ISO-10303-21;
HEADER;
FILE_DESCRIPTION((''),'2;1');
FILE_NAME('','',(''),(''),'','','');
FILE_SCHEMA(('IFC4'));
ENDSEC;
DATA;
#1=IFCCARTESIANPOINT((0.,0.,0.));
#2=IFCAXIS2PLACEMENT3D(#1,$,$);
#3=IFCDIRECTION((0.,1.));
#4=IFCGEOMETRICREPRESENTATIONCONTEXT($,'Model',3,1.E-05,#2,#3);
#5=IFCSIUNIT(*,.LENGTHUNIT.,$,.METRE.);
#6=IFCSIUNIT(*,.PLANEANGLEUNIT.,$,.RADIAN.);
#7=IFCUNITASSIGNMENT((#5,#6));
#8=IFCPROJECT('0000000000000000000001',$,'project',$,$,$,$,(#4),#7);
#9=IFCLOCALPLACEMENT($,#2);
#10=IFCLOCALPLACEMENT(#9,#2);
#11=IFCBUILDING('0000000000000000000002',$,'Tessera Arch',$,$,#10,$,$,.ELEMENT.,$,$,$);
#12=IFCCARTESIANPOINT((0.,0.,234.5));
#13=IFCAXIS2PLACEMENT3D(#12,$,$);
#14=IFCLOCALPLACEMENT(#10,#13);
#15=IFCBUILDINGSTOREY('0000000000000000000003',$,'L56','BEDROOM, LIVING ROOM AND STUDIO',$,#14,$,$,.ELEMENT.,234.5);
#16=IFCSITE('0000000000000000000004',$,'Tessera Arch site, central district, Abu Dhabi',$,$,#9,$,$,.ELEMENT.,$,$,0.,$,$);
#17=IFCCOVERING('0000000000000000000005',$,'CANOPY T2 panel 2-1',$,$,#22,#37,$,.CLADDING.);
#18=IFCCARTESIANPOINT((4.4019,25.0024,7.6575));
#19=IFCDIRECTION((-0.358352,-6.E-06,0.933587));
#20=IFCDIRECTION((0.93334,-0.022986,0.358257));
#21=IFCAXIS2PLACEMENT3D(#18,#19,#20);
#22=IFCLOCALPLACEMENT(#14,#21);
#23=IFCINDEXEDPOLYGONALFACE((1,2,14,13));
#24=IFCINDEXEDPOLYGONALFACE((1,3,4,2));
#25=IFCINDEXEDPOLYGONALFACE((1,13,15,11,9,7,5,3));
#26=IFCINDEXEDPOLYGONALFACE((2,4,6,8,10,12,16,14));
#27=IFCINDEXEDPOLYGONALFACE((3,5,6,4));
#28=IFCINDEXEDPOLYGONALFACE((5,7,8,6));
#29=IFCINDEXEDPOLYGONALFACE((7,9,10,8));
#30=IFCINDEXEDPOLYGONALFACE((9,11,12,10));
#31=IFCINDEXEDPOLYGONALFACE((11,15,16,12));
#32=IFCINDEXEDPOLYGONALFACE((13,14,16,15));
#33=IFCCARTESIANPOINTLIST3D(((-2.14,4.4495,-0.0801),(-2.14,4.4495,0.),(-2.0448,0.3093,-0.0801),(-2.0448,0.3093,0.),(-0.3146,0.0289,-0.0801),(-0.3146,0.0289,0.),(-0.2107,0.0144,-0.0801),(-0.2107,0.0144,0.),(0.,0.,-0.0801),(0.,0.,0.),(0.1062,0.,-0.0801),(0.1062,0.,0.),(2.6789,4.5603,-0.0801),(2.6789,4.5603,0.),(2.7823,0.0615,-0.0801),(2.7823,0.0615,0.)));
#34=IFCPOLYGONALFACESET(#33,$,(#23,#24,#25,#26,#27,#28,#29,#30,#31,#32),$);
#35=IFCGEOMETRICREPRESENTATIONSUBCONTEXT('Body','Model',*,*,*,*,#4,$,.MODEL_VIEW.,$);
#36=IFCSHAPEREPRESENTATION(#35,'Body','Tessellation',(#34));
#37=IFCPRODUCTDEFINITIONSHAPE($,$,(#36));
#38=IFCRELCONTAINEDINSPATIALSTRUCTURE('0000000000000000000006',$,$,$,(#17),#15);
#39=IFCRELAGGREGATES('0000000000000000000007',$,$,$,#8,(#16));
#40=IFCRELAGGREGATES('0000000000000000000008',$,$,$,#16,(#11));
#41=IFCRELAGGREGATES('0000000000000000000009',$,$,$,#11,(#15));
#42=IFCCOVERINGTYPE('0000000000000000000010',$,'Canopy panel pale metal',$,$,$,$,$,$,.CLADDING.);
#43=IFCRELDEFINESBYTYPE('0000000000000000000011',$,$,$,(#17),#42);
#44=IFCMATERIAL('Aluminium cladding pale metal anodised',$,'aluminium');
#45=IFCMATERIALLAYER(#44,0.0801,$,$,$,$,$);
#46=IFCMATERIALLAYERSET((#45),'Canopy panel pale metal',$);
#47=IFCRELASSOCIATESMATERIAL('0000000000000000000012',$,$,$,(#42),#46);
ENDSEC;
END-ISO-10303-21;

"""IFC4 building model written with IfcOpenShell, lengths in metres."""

from ifc_helpers import new_model, si_unit, direction, frame, origin, place, context, subcontext, project, spatial, polyline, outline, extrude, material, layer, layer_set, type_object, element, save


model = new_model("IFC4")

# Units and contexts
model_context = context("Model", 3, precision=1e-05, world=origin(), true_north=direction((0.0, 1.0)))
body_context = subcontext(model_context, "Body", "Model", "MODEL_VIEW")
ifc_project = project(units=[si_unit("LENGTHUNIT", "METRE"), si_unit("PLANEANGLEUNIT", "RADIAN")], contexts=[model_context])

# Site, building, storey
site_placement = place(None, origin())
site = spatial("IfcSite", under=ifc_project, at=site_placement, Name="Tessera Arch site, central district, Abu Dhabi", CompositionType="ELEMENT", RefElevation=0.0)
building_placement = place(site_placement, origin())
building = spatial("IfcBuilding", under=site, at=building_placement, Name="Tessera Arch", CompositionType="ELEMENT")
storey_placement = place(building_placement, frame((0.0, 0.0, 234.5)))
storey = spatial("IfcBuildingStorey", under=building, at=storey_placement, Name="L56", Description="BEDROOM, LIVING ROOM AND STUDIO", CompositionType="ELEMENT", Elevation=234.5)

# Covering
ifc_material_1 = material(Name="Aluminium cladding pale metal anodised", Category="aluminium")
ifc_layer_1 = layer(ifc_material_1, 0.0801)
ifc_layer_set_1 = layer_set([ifc_layer_1], Name="Canopy panel pale metal")
covering_type_1 = type_object("IfcCoveringType", Name="Canopy panel pale metal", PredefinedType="CLADDING", material=ifc_layer_set_1)
covering_1_placement = place(storey_placement, frame((4.4019, 25.0024, 7.6575), z_axis=(-0.358352, -0.000006, 0.933587), x_axis=(0.93334, -0.022986, 0.358257)))
element("IfcCovering", 1, at=covering_1_placement, inside=storey, type_object=covering_type_1, Name="CANOPY T2 panel 2-1", PredefinedType="CLADDING", context=body_context, shape_type="SweptSolid", body=[
    extrude(outline(polyline([(0.0, 0.0), (0.1062, 0.0), (2.7823, 0.0615), (2.6789, 4.5603), (-2.14, 4.4495), (-2.0448, 0.3093), (-0.3146, 0.0289), (-0.2107, 0.0144), (0.0, 0.0)])), origin(), (0.0, 0.0, -1.0), 0.0801),
])

save(model, "model.ifc")
